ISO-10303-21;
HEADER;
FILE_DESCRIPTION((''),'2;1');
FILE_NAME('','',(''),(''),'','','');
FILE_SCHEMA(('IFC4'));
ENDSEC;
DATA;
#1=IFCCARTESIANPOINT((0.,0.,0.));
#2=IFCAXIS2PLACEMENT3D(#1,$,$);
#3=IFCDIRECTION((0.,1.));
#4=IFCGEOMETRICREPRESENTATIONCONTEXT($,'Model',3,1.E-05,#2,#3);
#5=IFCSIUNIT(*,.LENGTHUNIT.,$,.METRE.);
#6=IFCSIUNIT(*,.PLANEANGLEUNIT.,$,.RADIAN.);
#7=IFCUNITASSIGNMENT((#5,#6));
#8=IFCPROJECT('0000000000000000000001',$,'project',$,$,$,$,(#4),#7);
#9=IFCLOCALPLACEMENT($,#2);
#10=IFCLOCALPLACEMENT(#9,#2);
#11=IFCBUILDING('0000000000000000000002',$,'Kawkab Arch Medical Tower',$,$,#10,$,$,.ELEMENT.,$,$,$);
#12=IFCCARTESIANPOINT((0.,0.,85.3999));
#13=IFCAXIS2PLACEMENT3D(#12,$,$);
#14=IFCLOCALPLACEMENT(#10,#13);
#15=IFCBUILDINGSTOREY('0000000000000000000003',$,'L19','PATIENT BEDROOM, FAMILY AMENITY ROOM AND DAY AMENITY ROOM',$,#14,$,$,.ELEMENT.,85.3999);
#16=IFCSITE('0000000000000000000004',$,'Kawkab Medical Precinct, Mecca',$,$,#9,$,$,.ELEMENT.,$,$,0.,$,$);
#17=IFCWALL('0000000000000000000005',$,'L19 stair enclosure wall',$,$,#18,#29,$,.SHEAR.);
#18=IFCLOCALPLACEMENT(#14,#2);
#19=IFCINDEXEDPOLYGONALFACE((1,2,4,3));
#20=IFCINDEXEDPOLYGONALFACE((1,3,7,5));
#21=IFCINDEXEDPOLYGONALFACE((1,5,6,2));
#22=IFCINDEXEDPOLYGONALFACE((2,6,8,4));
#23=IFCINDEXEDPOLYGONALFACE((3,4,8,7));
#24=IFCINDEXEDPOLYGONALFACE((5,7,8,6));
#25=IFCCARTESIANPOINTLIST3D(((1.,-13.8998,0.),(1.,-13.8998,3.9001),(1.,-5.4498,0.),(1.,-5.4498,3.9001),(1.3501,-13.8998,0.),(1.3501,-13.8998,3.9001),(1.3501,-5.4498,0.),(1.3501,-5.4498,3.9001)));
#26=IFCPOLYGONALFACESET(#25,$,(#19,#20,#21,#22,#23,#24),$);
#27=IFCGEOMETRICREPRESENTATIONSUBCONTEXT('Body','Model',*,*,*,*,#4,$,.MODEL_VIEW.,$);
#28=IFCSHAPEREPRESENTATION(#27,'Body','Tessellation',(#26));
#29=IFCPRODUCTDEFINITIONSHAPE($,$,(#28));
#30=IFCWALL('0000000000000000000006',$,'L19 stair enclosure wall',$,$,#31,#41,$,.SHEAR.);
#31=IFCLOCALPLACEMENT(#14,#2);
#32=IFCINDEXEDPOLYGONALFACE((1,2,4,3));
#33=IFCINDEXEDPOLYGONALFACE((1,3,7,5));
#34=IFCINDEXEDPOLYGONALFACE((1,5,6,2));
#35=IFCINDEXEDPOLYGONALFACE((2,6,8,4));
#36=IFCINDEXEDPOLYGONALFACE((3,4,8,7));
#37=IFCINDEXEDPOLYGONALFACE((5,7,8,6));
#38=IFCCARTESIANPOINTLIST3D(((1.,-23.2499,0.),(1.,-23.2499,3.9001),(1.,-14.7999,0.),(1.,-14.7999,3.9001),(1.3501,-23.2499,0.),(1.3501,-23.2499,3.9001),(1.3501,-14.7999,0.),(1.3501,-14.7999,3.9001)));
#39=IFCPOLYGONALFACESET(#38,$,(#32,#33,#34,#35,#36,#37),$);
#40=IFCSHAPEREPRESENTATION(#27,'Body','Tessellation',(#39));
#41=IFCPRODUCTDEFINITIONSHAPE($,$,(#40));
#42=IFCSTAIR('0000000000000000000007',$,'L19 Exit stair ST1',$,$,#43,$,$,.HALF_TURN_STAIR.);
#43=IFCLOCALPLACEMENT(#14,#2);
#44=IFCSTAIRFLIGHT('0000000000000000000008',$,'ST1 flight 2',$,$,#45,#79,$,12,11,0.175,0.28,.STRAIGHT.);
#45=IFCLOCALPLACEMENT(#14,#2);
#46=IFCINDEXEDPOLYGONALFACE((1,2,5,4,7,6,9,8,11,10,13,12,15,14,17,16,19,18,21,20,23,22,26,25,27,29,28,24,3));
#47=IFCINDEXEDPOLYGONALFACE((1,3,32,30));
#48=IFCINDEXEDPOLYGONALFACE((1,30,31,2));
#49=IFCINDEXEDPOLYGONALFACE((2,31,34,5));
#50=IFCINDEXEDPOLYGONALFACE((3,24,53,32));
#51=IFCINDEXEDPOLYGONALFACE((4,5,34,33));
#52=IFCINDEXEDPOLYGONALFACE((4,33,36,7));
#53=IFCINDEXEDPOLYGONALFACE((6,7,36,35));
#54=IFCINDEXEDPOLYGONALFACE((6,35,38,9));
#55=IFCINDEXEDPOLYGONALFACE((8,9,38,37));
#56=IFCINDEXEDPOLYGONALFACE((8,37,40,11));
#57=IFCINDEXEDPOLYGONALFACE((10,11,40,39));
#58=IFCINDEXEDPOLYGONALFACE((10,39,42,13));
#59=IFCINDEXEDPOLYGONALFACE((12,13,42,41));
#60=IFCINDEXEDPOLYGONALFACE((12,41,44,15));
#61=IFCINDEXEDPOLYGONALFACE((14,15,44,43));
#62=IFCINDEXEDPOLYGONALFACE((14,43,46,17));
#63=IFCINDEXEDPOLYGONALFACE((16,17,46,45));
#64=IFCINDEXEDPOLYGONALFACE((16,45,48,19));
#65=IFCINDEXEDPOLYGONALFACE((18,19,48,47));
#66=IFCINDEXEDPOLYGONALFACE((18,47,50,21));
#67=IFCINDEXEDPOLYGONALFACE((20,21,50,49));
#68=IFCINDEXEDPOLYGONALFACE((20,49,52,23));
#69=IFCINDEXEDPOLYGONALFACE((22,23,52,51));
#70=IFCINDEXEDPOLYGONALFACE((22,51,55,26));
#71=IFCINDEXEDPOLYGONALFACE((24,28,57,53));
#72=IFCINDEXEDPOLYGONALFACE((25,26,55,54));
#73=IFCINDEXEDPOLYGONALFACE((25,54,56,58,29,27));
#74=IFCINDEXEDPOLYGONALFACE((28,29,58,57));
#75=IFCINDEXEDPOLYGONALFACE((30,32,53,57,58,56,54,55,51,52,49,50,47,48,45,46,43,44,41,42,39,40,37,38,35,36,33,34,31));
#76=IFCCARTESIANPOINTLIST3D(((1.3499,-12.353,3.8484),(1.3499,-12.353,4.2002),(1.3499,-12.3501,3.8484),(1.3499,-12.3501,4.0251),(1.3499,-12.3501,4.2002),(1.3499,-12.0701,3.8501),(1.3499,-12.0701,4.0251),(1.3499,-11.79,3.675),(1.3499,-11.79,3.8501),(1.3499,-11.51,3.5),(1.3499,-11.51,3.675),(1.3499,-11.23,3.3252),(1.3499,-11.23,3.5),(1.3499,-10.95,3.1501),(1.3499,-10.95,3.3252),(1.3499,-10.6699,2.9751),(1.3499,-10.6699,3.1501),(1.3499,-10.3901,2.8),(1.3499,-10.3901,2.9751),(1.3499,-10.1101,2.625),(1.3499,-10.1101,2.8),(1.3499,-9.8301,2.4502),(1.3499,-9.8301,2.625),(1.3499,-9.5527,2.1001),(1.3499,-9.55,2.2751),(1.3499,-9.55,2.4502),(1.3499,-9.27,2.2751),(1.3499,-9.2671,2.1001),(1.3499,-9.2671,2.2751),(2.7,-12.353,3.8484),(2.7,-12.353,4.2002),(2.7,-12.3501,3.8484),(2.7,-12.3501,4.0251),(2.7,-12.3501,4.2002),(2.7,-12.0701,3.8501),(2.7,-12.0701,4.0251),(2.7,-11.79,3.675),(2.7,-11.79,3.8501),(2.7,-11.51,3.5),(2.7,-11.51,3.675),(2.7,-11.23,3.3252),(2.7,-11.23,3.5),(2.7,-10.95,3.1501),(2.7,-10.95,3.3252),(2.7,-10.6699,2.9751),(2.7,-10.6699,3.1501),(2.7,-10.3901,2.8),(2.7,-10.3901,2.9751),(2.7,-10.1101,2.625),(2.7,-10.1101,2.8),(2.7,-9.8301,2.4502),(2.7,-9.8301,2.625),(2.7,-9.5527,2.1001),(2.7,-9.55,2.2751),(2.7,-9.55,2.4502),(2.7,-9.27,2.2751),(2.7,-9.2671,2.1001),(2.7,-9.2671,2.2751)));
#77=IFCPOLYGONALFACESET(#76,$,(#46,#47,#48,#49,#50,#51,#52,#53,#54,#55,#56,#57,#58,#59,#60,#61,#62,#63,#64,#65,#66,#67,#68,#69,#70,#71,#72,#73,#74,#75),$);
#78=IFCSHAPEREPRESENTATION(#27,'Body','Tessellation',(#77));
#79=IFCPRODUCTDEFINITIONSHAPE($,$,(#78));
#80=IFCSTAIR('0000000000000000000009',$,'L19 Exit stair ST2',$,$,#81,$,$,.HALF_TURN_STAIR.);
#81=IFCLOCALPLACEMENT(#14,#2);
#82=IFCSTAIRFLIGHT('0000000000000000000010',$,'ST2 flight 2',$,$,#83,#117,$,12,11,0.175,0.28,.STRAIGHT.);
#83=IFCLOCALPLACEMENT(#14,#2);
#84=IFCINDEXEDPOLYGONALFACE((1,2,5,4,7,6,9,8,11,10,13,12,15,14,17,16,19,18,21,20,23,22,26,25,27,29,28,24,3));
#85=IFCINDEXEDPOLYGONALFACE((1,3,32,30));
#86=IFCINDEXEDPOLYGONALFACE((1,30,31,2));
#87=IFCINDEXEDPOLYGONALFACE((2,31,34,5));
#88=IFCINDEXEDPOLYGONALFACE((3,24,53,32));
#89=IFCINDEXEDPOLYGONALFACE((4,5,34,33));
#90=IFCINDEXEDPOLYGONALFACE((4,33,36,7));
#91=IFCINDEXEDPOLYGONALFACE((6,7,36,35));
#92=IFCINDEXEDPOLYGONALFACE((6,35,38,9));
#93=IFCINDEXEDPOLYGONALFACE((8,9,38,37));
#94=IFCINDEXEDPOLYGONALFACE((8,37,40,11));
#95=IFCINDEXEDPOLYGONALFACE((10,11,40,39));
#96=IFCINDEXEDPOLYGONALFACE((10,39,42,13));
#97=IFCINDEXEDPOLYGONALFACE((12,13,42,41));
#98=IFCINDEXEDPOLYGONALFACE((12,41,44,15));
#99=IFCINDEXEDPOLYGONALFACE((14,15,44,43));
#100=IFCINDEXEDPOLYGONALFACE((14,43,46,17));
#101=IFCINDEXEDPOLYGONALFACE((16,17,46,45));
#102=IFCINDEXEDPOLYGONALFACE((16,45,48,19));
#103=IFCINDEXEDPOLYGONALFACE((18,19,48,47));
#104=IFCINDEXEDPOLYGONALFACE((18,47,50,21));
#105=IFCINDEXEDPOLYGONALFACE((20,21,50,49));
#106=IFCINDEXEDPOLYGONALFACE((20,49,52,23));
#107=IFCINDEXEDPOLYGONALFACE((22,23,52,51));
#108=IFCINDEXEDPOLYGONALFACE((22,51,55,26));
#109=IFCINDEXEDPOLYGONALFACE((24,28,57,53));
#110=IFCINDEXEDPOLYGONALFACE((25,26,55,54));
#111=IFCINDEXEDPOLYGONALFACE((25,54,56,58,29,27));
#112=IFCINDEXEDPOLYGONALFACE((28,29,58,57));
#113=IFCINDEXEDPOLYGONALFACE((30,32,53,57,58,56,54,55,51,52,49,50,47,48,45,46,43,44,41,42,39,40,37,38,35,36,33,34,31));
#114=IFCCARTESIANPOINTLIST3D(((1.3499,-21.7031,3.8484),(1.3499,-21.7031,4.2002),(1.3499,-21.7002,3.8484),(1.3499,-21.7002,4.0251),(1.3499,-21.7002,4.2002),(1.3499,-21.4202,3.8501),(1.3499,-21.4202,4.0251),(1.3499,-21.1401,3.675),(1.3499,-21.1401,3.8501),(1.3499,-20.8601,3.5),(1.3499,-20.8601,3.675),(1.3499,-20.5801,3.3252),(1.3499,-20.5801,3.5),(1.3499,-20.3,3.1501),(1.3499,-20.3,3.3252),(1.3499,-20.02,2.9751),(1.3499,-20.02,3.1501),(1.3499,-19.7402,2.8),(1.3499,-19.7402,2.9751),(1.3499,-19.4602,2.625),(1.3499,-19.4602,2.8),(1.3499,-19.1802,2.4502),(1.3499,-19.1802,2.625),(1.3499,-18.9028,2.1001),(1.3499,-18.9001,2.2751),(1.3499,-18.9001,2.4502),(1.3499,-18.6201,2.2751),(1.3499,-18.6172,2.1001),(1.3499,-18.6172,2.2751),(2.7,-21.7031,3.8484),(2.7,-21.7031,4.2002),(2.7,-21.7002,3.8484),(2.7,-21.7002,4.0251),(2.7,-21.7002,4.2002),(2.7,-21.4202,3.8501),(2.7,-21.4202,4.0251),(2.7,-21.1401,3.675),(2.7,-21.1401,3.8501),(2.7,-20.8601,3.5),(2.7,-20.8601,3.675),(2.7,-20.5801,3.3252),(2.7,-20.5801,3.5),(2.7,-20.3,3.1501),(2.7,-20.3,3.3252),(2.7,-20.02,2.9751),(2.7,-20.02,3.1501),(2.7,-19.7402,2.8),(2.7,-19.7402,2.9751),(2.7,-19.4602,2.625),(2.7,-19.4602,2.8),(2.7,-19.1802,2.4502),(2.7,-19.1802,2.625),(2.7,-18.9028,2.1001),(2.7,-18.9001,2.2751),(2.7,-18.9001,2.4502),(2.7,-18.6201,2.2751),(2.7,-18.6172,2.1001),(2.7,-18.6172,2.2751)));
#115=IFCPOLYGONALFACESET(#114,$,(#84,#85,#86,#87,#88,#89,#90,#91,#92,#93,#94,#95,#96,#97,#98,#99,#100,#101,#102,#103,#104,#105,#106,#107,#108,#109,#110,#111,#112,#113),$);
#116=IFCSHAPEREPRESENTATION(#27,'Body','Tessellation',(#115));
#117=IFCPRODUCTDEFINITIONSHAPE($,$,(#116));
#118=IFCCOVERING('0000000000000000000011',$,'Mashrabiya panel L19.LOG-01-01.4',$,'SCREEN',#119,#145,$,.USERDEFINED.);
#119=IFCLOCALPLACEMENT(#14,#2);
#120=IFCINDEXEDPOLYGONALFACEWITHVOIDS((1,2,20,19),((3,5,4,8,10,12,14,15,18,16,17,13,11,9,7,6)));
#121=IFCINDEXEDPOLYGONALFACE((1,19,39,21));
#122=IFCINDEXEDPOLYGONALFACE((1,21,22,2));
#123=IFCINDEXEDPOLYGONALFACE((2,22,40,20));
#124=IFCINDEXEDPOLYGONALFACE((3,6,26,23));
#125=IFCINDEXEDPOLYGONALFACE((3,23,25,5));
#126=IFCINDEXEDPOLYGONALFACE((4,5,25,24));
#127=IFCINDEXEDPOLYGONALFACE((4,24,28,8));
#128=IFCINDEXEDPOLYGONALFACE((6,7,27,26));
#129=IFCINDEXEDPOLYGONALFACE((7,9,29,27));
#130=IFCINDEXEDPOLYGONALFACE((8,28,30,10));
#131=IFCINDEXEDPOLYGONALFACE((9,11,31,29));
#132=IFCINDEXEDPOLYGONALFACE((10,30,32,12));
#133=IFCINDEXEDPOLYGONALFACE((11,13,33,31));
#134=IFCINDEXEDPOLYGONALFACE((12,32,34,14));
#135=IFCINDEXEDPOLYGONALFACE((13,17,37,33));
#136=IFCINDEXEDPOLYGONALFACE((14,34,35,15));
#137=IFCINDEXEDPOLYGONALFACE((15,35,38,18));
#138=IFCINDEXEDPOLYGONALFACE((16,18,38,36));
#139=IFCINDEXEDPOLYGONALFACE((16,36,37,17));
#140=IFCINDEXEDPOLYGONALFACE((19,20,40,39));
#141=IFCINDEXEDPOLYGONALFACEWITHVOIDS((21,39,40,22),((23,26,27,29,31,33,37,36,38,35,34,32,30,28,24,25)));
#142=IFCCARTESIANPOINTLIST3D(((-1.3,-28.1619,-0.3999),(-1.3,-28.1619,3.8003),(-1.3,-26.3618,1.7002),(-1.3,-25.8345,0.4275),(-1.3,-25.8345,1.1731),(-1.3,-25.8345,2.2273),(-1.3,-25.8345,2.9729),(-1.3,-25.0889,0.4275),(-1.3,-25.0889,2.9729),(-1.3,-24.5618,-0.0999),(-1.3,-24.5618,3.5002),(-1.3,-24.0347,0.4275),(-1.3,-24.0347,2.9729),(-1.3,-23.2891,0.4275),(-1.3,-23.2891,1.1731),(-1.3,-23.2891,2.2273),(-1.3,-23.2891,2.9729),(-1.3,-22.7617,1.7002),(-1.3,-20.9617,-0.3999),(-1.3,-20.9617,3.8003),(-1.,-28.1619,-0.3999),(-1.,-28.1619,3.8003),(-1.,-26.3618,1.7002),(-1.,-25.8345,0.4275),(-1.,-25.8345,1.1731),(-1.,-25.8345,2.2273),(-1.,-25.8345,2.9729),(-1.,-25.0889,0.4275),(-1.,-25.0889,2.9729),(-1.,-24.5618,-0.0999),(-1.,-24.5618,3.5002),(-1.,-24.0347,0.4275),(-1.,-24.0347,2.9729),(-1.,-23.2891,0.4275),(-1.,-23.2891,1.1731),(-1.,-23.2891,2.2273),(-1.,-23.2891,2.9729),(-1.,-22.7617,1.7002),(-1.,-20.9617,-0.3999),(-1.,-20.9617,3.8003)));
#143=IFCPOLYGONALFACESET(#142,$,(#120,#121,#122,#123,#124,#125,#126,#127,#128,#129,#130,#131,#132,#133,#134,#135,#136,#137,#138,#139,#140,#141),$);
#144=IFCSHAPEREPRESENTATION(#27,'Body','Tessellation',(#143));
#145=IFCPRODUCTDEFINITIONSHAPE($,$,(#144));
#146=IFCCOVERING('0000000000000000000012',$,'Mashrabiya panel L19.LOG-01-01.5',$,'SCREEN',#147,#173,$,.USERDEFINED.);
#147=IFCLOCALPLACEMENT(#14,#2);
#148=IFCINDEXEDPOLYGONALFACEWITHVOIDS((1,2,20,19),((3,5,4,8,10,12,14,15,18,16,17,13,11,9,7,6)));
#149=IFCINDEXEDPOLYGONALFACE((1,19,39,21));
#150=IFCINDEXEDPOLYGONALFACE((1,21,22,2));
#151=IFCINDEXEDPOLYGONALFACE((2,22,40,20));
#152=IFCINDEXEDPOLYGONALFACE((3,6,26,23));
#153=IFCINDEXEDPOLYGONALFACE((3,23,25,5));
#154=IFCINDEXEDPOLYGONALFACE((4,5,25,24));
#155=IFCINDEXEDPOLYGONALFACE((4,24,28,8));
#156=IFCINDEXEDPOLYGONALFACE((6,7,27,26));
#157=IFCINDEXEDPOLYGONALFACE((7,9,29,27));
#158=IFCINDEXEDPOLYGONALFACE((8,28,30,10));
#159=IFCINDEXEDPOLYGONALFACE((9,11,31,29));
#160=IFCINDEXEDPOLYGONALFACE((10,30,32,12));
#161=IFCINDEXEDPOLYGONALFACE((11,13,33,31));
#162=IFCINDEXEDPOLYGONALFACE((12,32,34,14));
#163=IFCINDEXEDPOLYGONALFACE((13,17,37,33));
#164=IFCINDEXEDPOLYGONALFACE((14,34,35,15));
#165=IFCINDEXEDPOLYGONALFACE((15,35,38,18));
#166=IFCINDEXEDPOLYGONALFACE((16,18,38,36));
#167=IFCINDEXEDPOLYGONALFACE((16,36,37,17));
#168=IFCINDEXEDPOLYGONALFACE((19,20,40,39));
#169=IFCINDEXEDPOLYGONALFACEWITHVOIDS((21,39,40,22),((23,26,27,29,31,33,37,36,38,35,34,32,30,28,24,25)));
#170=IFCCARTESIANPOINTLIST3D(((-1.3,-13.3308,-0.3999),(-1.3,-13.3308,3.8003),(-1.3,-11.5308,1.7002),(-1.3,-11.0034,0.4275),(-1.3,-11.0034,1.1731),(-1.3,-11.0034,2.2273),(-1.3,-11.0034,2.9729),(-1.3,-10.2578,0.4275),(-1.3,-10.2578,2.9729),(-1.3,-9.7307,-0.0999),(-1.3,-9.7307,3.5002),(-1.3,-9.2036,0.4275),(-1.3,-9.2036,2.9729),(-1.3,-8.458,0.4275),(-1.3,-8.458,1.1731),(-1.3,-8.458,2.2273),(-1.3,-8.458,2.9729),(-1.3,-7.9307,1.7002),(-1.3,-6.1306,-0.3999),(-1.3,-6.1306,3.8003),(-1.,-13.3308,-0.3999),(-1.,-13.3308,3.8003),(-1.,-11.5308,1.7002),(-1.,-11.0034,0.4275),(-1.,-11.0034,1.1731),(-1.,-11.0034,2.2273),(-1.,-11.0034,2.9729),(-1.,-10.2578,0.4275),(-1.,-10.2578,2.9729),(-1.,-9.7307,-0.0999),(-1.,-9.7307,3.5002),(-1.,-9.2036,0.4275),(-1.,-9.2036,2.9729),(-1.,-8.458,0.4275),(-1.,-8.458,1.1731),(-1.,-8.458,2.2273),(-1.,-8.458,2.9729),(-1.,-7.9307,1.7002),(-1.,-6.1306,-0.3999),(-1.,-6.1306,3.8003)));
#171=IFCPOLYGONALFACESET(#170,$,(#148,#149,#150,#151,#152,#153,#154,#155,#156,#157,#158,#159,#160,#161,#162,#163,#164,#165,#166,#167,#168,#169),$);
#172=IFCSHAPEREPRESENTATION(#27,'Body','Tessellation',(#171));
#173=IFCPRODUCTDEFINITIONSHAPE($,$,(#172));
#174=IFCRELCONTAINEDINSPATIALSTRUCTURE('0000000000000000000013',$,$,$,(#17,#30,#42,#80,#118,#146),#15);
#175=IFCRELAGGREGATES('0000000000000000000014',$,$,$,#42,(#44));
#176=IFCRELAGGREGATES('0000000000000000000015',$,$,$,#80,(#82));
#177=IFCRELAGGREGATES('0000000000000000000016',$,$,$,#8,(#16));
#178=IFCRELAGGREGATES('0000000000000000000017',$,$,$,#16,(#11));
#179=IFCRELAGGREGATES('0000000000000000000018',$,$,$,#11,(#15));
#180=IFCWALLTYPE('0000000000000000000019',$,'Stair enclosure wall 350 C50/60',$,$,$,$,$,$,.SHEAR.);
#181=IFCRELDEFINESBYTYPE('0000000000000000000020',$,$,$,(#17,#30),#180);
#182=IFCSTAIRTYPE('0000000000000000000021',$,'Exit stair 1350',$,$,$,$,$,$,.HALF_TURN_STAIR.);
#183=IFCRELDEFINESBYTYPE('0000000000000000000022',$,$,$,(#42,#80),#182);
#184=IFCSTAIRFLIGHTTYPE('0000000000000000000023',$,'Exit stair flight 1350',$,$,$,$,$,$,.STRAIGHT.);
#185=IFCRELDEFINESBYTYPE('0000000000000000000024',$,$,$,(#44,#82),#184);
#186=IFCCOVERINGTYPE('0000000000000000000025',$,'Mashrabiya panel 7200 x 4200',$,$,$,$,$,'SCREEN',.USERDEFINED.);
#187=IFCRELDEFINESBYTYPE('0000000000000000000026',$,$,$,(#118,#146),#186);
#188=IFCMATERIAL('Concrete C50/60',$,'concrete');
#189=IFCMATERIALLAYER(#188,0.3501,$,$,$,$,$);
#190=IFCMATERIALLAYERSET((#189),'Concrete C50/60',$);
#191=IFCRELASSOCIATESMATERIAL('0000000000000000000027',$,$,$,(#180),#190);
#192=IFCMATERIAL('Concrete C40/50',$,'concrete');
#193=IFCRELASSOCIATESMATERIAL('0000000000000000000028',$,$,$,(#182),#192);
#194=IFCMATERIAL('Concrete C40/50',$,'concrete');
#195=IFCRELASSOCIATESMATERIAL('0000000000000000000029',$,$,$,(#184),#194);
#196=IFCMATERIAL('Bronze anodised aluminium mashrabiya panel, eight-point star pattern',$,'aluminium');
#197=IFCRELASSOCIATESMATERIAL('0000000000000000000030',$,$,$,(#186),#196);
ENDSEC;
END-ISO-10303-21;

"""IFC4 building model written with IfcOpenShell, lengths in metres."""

from ifc_helpers import new_model, si_unit, direction, frame, frame_2d, origin, place, context, subcontext, project, spatial, polyline, rectangle, outline, extrude, material, layer, layer_set, material_profile, profile_set, type_object, element, aggregate, save


model = new_model("IFC4")

# Units and contexts
model_context = context("Model", 3, precision=1e-05, world=origin(), true_north=direction((0.0, 1.0)))
body_context = subcontext(model_context, "Body", "Model", "MODEL_VIEW")
ifc_project = project(units=[si_unit("LENGTHUNIT", "METRE"), si_unit("PLANEANGLEUNIT", "RADIAN")], contexts=[model_context])

# Site, building, storey
site_placement = place(None, origin())
site = spatial("IfcSite", under=ifc_project, at=site_placement, Name="Kawkab Medical Precinct, Mecca", CompositionType="ELEMENT", RefElevation=0.0)
building_placement = place(site_placement, origin())
building = spatial("IfcBuilding", under=site, at=building_placement, Name="Kawkab Arch Medical Tower", CompositionType="ELEMENT")
storey_placement = place(building_placement, frame((0.0, 0.0, 85.3999)))
storey = spatial("IfcBuildingStorey", under=building, at=storey_placement, Name="L19", Description="PATIENT BEDROOM, FAMILY AMENITY ROOM AND DAY AMENITY ROOM", CompositionType="ELEMENT", Elevation=85.3999)

# Shared definitions
placement = place(storey_placement, origin())

# Walls
ifc_material_1 = material(Name="Concrete C50/60", Category="concrete")
ifc_layer_1 = layer(ifc_material_1, 0.3501)
ifc_layer_set_1 = layer_set([ifc_layer_1], Name="Concrete C50/60")
wall_type_1 = type_object("IfcWallType", Name="Stair enclosure wall 350 C50/60", PredefinedType="SHEAR", material=ifc_layer_set_1)
for number, where, z_axis, x_axis, name in (
    (1, (1.175, -13.8999, 0.0), (0.0, 0.0, 1.0), (0.0, 1.0, 0.0), "L19 stair enclosure wall"),
    (2, (1.175, -23.25, 0.0), (0.0, 0.0, 1.0), (0.0, 1.0, 0.0), "L19 stair enclosure wall"),
):
    element("IfcWall", number, at=place(storey_placement, frame(where, z_axis=z_axis, x_axis=x_axis)), inside=storey, type_object=wall_type_1, Name=name, PredefinedType="SHEAR", context=body_context, shape_type="SweptSolid", body=[
        extrude(rectangle(XDim=8.45, YDim=0.3501, at=frame_2d((4.2251, 0.0))), origin(), (0.0, 0.0, 1.0), 3.9001),
    ])

# Stairs, stair flights
ifc_material_2 = material(Name="Concrete C40/50", Category="concrete")
stair_type = type_object("IfcStairType", Name="Exit stair 1350", PredefinedType="HALF_TURN_STAIR", material=ifc_material_2)
stair_1 = element("IfcStair", 3, at=placement, inside=storey, type_object=stair_type, Name="L19 Exit stair ST1", PredefinedType="HALF_TURN_STAIR")
ifc_material_3 = material(Name="Concrete C40/50", Category="concrete")
stair_flight_type = type_object("IfcStairFlightType", Name="Exit stair flight 1350", PredefinedType="STRAIGHT", material=ifc_material_3)
stair_flight_1_placement = place(storey_placement, frame((2.0249, -9.27, 2.1001), z_axis=(0.0, 0.0, 1.0), x_axis=(0.0, -1.0, 0.0)))
stair_flight_1 = element("IfcStairFlight", 4, at=stair_flight_1_placement, type_object=stair_flight_type, Name="ST1 flight 2", NumberOfRisers=12, NumberOfTreads=11, PredefinedType="STRAIGHT", RiserHeight=0.175, TreadLength=0.28, context=body_context, shape_type="SweptSolid", body=[
    extrude(outline(polyline([(-0.0029, 0.0), (-0.0029, 0.175), (0.0, 0.175), (0.28, 0.175), (0.28, 0.3501), (0.5601, 0.3501), (0.5601, 0.5249), (0.8401, 0.5249), (0.8401, 0.7), (1.1201, 0.7), (1.1201, 0.875), (1.3999, 0.875), (1.3999, 1.05), (1.6799, 1.05), (1.6799, 1.2251), (1.96, 1.2251), (1.96, 1.3999), (2.24, 1.3999), (2.24, 1.575), (2.52, 1.575), (2.52, 1.75), (2.8, 1.75), (2.8, 1.925), (3.0801, 1.925), (3.0801, 2.1001), (3.083, 2.1001), (3.083, 1.7483), (3.0801, 1.7483), (0.2827, 0.0), (-0.0029, 0.0)])), frame((0.0, 0.675, 0.0), z_axis=(0.0, -1.0, 0.0), x_axis=(1.0, 0.0, 0.0)), (0.0, 0.0, 1.0), 1.3501),
])
aggregate(stair_1, [stair_flight_1])
stair_2 = element("IfcStair", 5, at=placement, inside=storey, type_object=stair_type, Name="L19 Exit stair ST2", PredefinedType="HALF_TURN_STAIR")
stair_flight_2_placement = place(storey_placement, frame((2.0249, -18.6201, 2.1001), z_axis=(0.0, 0.0, 1.0), x_axis=(0.0, -1.0, 0.0)))
stair_flight_2 = element("IfcStairFlight", 6, at=stair_flight_2_placement, type_object=stair_flight_type, Name="ST2 flight 2", NumberOfRisers=12, NumberOfTreads=11, PredefinedType="STRAIGHT", RiserHeight=0.175, TreadLength=0.28, context=body_context, shape_type="SweptSolid", body=[
    extrude(outline(polyline([(-0.0029, 0.0), (-0.0029, 0.175), (0.0, 0.175), (0.28, 0.175), (0.28, 0.3501), (0.5601, 0.3501), (0.5601, 0.5249), (0.8401, 0.5249), (0.8401, 0.7), (1.1201, 0.7), (1.1201, 0.875), (1.3999, 0.875), (1.3999, 1.05), (1.6799, 1.05), (1.6799, 1.2251), (1.96, 1.2251), (1.96, 1.3999), (2.24, 1.3999), (2.24, 1.575), (2.52, 1.575), (2.52, 1.75), (2.8, 1.75), (2.8, 1.925), (3.0801, 1.925), (3.0801, 2.1001), (3.083, 2.1001), (3.083, 1.7483), (3.0801, 1.7483), (0.2827, 0.0), (-0.0029, 0.0)])), frame((0.0, 0.675, 0.0), z_axis=(0.0, -1.0, 0.0), x_axis=(1.0, 0.0, 0.0)), (0.0, 0.0, 1.0), 1.3501),
])
aggregate(stair_2, [stair_flight_2])

# Coverings
ifc_material_4 = material(Name="Bronze anodised aluminium mashrabiya panel, eight-point star pattern", Category="aluminium")
ifc_material_profile_1 = material_profile(ifc_material_4, outline(polyline([(-3.6001, -2.1001), (3.6001, -2.1001), (3.6001, 2.1001), (-3.6001, 2.1001), (-3.6001, -2.1001)]), holes=[polyline([(1.8, 0.0), (1.2727, 0.5271), (1.2727, 1.2727), (0.5271, 1.2727), (0.0, 1.8), (-0.5271, 1.2727), (-1.2727, 1.2727), (-1.2727, 0.5271), (-1.8, 0.0), (-1.2727, -0.5271), (-1.2727, -1.2727), (-0.5271, -1.2727), (0.0, -1.8), (0.5271, -1.2727), (1.2727, -1.2727), (1.2727, -0.5271), (1.8, 0.0)])]), Name="Mashrabiya panel 7200x4200")
ifc_profile_set_1 = profile_set([ifc_material_profile_1], Name="Bronze anodised aluminium mashrabiya panel, eight-point star pattern")
covering_type_1 = type_object("IfcCoveringType", Name="Mashrabiya panel 7200 x 4200", ElementType="SCREEN", PredefinedType="USERDEFINED", material=ifc_profile_set_1)
for number, where, z_axis, x_axis, name in (
    (7, (-1.0, -24.5618, 1.7002), (-1.0, 0.0, 0.0), (0.0, -1.0, 0.0), "Mashrabiya panel L19.LOG-01-01.4"),
    (8, (-1.0, -9.7307, 1.7002), (-1.0, 0.0, 0.0), (0.0, -1.0, 0.0), "Mashrabiya panel L19.LOG-01-01.5"),
):
    element("IfcCovering", number, at=place(storey_placement, frame(where, z_axis=z_axis, x_axis=x_axis)), inside=storey, type_object=covering_type_1, Name=name, ObjectType="SCREEN", PredefinedType="USERDEFINED", context=body_context, shape_type="SweptSolid", body=[
        extrude(outline(polyline([(-3.6001, -2.1001), (3.6001, -2.1001), (3.6001, 2.1001), (-3.6001, 2.1001), (-3.6001, -2.1001)]), holes=[polyline([(1.8, 0.0), (1.2727, 0.5271), (1.2727, 1.2727), (0.5271, 1.2727), (0.0, 1.8), (-0.5271, 1.2727), (-1.2727, 1.2727), (-1.2727, 0.5271), (-1.8, 0.0), (-1.2727, -0.5271), (-1.2727, -1.2727), (-0.5271, -1.2727), (0.0, -1.8), (0.5271, -1.2727), (1.2727, -1.2727), (1.2727, -0.5271), (1.8, 0.0)])]), origin(), (0.0, 0.0, 1.0), 0.3),
    ])

save(model, "model.ifc")
